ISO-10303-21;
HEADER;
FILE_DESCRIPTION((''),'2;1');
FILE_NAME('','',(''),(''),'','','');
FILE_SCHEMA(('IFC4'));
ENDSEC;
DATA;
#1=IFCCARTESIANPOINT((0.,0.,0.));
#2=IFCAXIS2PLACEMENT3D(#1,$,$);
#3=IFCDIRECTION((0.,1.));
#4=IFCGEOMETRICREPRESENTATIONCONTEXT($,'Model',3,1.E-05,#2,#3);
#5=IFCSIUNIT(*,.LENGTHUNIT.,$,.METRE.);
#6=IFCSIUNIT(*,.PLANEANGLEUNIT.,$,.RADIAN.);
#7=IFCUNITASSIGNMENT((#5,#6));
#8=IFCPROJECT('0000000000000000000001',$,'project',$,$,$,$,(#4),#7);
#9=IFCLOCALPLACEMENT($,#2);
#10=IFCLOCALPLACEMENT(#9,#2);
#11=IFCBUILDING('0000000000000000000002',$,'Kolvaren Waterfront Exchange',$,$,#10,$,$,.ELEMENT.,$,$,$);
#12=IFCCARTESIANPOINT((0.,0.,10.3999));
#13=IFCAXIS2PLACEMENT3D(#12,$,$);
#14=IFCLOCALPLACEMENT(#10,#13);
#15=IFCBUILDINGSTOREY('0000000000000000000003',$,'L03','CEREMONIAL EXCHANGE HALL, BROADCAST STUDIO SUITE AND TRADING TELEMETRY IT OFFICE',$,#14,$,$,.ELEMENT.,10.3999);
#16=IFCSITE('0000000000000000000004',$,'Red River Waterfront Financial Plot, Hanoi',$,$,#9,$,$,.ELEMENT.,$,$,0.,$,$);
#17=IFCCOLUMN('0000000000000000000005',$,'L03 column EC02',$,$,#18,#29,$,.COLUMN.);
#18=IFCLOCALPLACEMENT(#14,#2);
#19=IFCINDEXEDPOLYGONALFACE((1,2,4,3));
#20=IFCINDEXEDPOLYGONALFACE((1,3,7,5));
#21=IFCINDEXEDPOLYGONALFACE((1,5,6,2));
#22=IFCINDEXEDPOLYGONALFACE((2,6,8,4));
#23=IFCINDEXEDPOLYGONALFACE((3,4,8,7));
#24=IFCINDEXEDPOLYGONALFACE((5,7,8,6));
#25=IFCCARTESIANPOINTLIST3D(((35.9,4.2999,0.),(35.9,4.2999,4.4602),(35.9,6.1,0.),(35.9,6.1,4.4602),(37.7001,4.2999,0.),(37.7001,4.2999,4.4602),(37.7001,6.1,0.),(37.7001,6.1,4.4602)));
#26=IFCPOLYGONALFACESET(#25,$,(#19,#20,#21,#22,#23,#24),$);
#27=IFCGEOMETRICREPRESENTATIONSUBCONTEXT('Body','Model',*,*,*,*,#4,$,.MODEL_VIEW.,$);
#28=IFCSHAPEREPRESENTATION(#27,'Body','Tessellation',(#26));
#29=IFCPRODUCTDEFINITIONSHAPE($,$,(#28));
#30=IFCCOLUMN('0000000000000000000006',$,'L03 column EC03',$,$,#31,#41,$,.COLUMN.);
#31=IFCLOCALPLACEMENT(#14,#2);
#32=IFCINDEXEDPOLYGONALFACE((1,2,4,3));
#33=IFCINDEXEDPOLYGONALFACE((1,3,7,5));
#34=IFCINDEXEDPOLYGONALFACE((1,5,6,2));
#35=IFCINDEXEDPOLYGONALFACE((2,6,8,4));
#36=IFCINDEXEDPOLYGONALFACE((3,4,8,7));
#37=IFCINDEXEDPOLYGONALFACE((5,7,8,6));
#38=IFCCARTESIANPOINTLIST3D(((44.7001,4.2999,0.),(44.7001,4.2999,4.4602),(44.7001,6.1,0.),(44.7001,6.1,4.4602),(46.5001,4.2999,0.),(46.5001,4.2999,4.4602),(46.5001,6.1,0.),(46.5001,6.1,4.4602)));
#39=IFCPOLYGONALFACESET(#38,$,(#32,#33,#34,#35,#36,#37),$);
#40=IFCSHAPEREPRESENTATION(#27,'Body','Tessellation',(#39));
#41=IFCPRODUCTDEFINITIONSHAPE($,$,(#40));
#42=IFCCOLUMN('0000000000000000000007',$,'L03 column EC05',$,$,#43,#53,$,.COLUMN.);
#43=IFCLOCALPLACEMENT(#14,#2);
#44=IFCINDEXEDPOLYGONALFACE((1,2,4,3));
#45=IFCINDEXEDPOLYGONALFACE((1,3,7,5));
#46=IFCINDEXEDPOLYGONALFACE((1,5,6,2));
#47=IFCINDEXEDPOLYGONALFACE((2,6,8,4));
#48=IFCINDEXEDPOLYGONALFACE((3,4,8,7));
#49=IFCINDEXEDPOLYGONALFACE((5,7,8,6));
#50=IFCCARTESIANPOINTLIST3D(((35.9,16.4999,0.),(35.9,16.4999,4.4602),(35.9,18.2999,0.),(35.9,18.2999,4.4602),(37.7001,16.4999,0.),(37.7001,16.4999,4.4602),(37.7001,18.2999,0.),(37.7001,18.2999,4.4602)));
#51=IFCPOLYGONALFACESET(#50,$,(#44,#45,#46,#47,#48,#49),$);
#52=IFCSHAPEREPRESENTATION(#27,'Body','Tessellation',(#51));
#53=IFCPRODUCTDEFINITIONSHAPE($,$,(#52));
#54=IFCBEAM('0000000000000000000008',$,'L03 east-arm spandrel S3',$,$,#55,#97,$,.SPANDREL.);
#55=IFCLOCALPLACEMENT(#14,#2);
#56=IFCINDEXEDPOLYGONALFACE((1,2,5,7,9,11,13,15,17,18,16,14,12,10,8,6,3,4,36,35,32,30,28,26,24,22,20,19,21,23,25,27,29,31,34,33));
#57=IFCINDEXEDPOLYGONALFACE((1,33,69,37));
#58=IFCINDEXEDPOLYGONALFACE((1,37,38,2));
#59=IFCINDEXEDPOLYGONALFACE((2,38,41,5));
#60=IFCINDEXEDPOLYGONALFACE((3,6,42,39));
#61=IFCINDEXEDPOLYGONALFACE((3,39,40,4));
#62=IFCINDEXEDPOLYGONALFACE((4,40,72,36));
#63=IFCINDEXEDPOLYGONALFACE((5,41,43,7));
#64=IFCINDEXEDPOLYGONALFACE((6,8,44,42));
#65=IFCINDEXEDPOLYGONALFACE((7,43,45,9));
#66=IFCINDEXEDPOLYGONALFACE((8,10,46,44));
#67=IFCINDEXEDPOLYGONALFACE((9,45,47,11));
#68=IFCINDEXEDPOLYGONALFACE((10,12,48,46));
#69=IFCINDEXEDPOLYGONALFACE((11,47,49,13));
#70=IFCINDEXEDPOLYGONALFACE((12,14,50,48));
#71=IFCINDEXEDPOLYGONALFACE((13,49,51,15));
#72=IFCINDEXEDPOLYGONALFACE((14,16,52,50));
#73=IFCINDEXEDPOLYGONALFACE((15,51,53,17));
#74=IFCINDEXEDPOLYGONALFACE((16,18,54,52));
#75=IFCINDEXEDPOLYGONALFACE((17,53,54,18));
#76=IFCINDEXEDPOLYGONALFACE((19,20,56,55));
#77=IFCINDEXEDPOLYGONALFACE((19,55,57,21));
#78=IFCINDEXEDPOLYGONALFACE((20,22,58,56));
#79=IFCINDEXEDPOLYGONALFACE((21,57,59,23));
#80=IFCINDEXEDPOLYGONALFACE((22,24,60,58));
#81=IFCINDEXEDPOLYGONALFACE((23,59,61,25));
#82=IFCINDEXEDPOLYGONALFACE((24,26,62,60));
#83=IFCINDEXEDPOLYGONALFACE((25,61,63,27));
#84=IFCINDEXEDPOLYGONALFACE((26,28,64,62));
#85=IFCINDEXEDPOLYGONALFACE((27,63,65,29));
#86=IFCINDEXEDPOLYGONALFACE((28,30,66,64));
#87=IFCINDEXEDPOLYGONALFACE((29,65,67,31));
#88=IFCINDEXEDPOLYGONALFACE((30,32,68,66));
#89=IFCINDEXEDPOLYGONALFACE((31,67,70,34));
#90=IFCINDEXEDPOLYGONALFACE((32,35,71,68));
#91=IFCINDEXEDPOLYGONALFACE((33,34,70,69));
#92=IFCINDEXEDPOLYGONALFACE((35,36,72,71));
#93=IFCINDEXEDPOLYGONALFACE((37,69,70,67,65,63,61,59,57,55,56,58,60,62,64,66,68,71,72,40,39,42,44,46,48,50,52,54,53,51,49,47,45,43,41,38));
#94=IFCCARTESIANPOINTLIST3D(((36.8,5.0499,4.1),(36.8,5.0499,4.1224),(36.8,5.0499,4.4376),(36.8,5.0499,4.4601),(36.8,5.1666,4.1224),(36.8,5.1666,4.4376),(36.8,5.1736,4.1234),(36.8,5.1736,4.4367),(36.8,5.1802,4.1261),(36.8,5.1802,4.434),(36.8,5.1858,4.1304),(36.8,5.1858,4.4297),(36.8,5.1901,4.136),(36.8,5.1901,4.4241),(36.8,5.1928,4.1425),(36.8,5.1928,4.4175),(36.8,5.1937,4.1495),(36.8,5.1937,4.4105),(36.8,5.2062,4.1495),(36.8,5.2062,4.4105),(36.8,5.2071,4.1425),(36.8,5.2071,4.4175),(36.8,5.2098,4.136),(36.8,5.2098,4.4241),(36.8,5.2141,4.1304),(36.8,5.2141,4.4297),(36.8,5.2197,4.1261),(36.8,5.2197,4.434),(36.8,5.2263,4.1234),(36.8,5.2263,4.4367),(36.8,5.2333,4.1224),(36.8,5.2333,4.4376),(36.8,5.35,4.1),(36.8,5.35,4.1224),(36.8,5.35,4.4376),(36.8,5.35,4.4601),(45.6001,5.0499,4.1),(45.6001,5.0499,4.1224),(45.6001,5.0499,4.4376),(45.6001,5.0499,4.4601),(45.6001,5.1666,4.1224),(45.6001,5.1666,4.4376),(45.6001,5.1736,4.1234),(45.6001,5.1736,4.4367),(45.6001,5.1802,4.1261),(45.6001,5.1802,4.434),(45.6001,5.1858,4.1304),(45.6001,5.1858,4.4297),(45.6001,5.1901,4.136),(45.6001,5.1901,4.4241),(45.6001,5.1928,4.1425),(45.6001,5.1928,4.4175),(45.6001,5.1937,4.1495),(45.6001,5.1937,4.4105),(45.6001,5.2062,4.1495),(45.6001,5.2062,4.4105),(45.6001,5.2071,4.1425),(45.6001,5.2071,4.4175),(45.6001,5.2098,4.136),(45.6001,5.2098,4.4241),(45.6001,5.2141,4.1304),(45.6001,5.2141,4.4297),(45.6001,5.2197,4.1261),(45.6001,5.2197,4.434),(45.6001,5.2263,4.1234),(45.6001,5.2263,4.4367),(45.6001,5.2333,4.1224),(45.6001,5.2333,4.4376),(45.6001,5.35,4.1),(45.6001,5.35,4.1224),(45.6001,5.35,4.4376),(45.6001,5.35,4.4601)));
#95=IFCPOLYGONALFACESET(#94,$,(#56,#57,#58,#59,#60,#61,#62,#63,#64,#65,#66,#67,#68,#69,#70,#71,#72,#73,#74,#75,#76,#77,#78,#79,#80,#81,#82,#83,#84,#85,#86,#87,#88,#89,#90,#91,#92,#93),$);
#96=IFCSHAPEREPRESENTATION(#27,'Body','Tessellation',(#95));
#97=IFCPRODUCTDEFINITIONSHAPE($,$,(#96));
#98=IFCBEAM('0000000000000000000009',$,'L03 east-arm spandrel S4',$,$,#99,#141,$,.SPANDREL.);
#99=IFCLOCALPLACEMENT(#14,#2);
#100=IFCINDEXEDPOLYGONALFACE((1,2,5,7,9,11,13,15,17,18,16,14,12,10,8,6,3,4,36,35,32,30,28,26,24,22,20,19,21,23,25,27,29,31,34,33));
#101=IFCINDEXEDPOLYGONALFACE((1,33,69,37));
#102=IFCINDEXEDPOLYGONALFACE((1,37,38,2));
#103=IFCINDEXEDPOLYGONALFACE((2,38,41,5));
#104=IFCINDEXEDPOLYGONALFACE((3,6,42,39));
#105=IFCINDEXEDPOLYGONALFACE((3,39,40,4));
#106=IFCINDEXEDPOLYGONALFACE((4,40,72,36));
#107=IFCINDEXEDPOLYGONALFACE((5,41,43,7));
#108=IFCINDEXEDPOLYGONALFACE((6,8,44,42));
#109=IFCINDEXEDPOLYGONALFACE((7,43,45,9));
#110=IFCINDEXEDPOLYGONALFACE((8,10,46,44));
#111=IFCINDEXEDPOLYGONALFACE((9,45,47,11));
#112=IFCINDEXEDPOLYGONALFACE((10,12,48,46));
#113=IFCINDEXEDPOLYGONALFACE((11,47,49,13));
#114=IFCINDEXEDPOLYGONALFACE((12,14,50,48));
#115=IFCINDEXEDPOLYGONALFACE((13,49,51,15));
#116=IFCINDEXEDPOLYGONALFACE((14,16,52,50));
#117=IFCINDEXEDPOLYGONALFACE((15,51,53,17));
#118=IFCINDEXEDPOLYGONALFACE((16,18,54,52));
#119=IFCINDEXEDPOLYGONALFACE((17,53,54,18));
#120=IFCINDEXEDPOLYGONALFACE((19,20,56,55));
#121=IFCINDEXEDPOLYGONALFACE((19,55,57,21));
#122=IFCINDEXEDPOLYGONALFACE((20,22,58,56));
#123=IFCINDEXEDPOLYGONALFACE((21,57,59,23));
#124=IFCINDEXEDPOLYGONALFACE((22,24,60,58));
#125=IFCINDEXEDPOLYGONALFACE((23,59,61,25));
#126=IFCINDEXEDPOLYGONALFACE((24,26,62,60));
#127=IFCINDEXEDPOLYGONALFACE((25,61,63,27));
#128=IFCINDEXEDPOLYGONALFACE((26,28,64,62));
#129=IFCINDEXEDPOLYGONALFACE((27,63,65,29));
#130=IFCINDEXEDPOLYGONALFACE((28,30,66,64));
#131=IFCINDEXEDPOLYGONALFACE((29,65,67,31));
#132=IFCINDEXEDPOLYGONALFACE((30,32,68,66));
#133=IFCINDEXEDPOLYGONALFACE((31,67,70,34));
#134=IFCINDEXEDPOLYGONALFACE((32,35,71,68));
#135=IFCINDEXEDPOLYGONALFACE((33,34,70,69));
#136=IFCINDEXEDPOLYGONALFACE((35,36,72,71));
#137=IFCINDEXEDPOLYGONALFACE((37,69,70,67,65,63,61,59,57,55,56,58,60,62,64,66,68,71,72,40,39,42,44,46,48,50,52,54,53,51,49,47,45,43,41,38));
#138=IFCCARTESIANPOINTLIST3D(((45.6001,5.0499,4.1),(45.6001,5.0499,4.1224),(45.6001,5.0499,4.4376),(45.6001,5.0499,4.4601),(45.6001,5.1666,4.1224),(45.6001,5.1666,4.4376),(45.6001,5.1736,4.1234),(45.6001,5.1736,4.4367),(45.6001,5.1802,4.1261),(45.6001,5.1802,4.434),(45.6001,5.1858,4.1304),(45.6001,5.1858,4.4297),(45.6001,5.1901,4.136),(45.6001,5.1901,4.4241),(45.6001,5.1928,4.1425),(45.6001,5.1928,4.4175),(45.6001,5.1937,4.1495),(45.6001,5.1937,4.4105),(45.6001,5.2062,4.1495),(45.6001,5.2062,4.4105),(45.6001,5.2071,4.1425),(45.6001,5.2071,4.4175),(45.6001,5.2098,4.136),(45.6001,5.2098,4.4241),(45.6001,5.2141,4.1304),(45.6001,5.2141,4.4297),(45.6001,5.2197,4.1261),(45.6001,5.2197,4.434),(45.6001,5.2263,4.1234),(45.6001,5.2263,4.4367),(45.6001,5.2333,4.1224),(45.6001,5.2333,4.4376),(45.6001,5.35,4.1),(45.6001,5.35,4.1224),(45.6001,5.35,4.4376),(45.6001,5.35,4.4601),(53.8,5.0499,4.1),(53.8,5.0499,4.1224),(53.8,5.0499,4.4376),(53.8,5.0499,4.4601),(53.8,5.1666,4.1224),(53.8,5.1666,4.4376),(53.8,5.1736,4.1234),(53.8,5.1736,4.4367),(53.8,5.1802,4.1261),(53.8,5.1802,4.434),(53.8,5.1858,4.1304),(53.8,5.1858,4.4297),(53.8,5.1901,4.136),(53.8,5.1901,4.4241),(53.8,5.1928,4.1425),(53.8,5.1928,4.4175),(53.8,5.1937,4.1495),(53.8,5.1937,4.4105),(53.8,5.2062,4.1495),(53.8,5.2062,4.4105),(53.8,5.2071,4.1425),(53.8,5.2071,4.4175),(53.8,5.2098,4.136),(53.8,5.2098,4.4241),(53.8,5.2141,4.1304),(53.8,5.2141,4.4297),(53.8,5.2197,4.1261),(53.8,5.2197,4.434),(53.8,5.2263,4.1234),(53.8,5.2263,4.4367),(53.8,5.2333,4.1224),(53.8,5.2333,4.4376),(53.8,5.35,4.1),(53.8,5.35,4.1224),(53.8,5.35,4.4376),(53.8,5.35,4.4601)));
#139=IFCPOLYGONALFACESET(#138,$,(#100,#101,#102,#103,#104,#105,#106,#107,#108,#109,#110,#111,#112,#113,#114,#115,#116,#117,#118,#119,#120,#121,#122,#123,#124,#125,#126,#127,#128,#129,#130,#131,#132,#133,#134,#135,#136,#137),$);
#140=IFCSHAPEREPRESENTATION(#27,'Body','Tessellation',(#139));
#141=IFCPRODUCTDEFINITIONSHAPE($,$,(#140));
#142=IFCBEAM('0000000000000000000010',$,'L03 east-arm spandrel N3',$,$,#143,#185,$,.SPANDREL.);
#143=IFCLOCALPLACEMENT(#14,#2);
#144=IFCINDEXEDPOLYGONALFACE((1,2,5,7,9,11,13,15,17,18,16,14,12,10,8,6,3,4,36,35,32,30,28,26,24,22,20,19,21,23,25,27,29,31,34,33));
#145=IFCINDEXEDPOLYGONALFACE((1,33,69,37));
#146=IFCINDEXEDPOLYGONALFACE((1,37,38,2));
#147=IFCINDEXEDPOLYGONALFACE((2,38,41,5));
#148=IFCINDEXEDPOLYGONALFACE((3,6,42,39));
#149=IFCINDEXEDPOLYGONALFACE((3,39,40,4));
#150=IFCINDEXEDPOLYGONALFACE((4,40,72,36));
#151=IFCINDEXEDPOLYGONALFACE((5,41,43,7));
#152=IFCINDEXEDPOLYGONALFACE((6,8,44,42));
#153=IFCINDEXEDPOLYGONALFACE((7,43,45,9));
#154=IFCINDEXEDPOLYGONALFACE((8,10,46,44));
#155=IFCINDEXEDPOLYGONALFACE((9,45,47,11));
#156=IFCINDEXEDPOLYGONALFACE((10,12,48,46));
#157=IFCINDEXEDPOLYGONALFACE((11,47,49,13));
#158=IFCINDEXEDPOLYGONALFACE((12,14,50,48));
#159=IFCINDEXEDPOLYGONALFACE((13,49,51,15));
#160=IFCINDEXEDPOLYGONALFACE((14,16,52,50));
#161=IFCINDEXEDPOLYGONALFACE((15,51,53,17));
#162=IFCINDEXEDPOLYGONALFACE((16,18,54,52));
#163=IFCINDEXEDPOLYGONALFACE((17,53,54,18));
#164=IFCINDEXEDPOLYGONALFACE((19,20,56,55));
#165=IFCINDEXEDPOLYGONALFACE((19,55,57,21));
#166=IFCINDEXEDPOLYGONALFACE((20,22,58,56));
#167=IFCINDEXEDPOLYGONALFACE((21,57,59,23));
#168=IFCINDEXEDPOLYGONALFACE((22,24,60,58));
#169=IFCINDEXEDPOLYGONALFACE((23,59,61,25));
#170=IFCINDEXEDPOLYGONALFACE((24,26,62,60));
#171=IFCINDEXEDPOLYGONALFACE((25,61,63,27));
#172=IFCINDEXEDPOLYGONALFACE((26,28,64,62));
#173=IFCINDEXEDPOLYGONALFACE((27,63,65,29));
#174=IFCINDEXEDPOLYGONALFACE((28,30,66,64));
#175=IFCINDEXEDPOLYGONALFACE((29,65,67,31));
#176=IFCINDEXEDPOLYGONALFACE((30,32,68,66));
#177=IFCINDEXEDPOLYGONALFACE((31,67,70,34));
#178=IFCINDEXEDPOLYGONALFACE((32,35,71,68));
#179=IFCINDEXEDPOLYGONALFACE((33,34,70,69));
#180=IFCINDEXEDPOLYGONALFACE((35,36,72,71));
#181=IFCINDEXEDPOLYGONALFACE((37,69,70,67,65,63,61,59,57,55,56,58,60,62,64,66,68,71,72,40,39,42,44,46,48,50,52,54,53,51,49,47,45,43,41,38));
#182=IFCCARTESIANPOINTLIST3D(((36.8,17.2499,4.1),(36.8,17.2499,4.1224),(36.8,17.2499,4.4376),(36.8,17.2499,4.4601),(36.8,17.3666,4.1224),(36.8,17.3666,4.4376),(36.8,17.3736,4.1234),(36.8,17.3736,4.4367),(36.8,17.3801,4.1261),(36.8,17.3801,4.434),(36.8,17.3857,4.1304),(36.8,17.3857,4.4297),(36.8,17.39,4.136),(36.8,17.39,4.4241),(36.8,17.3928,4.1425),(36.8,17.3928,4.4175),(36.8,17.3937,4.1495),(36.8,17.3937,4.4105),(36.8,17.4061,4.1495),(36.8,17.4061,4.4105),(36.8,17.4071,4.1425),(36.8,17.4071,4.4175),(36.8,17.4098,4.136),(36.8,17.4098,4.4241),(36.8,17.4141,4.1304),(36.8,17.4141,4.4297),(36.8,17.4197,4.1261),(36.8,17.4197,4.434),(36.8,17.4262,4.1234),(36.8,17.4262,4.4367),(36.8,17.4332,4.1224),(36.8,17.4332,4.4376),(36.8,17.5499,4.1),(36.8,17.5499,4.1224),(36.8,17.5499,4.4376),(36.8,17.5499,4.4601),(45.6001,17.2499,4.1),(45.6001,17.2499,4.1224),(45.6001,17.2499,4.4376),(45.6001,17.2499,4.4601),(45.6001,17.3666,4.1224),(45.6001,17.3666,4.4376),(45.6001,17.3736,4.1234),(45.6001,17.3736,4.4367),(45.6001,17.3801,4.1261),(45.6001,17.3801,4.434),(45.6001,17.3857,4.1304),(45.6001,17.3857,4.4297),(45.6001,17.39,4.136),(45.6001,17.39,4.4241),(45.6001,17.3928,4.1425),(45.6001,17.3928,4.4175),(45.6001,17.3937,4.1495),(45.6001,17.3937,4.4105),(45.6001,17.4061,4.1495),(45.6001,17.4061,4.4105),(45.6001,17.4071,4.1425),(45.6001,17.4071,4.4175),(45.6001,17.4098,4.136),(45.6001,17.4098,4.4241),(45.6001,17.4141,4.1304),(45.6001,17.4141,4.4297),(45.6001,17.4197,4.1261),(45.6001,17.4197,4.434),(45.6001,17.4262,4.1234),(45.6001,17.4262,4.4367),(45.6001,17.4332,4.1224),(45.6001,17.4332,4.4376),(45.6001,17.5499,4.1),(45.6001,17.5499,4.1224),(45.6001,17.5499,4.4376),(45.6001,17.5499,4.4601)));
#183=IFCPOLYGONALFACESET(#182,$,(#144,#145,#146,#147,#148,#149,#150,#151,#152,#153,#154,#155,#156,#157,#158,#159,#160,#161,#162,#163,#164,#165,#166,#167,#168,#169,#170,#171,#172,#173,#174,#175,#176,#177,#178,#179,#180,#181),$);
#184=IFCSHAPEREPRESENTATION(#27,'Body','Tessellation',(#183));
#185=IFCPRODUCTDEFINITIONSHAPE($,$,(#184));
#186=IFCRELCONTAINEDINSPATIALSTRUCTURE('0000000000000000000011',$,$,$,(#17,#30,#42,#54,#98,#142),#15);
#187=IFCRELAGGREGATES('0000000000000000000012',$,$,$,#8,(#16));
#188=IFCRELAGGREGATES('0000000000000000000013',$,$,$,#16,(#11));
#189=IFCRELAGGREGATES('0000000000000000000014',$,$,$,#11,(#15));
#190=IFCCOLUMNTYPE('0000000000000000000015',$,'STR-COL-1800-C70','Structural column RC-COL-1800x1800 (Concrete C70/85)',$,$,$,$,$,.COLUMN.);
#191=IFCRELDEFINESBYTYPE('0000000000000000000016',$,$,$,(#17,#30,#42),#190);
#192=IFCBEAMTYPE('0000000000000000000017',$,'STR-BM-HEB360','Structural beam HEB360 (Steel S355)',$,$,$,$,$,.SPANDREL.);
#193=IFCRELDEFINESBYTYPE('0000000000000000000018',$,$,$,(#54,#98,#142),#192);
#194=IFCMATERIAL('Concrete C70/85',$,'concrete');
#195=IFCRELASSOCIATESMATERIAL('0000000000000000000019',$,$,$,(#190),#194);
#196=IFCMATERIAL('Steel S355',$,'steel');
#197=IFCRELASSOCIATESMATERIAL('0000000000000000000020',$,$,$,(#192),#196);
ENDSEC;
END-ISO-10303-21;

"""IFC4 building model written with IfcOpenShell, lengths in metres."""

from ifc_helpers import new_model, si_unit, direction, frame, origin, origin_2d, place, context, subcontext, project, spatial, rectangle, i_section, extrude, material, material_profile, profile_set, type_object, element, save


model = new_model("IFC4")

# Units and contexts
model_context = context("Model", 3, precision=1e-05, world=origin(), true_north=direction((0.0, 1.0)))
body_context = subcontext(model_context, "Body", "Model", "MODEL_VIEW")
ifc_project = project(units=[si_unit("LENGTHUNIT", "METRE"), si_unit("PLANEANGLEUNIT", "RADIAN")], contexts=[model_context])

# Site, building, storey
site_placement = place(None, origin())
site = spatial("IfcSite", under=ifc_project, at=site_placement, Name="Red River Waterfront Financial Plot, Hanoi", CompositionType="ELEMENT", RefElevation=0.0)
building_placement = place(site_placement, origin())
building = spatial("IfcBuilding", under=site, at=building_placement, Name="Kolvaren Waterfront Exchange", CompositionType="ELEMENT")
storey_placement = place(building_placement, frame((0.0, 0.0, 10.3999)))
storey = spatial("IfcBuildingStorey", under=building, at=storey_placement, Name="L03", Description="CEREMONIAL EXCHANGE HALL, BROADCAST STUDIO SUITE AND TRADING TELEMETRY IT OFFICE", CompositionType="ELEMENT", Elevation=10.3999)

# Columns
ifc_material_1 = material(Name="Concrete C70/85", Category="concrete")
ifc_material_profile_1 = material_profile(ifc_material_1, rectangle(XDim=1.8, YDim=1.8, at=origin_2d()), Name="RC-COL-1800x1800")
ifc_profile_set_1 = profile_set([ifc_material_profile_1], Name="Concrete C70/85")
column_type = type_object("IfcColumnType", Name="STR-COL-1800-C70", Description="Structural column RC-COL-1800x1800 (Concrete C70/85)", PredefinedType="COLUMN", material=ifc_profile_set_1)
for number, where, z_axis, x_axis, name in (
    (1, (36.8, 5.2, 0.0), (0.0, 0.0, 1.0), (1.0, 0.0, 0.0), "L03 column EC02"),
    (2, (45.6001, 5.2, 0.0), (0.0, 0.0, 1.0), (1.0, 0.0, 0.0), "L03 column EC03"),
    (3, (36.8, 17.3999, 0.0), (0.0, 0.0, 1.0), (1.0, 0.0, 0.0), "L03 column EC05"),
):
    element("IfcColumn", number, at=place(storey_placement, frame(where, z_axis=z_axis, x_axis=x_axis)), inside=storey, type_object=column_type, Name=name, PredefinedType="COLUMN", context=body_context, shape_type="SweptSolid", body=[
        extrude(rectangle(XDim=1.8, YDim=1.8, at=origin_2d()), origin(), (0.0, 0.0, 1.0), 4.4602),
    ])

# Beams
ifc_material_2 = material(Name="Steel S355", Category="steel")
ifc_material_profile_2 = material_profile(ifc_material_2, i_section(OverallWidth=0.3, OverallDepth=0.3601, WebThickness=0.0125, FlangeThickness=0.0225, FilletRadius=0.0271, at=origin_2d()), Name="HEB360")
ifc_profile_set_2 = profile_set([ifc_material_profile_2], Name="Steel S355")
beam_type_1 = type_object("IfcBeamType", Name="STR-BM-HEB360", Description="Structural beam HEB360 (Steel S355)", PredefinedType="SPANDREL", material=ifc_profile_set_2)
beam_1_placement = place(storey_placement, frame((36.8, 5.2, 4.28), z_axis=(1.0, 0.0, 0.0), x_axis=(0.0, 1.0, 0.0)))
element("IfcBeam", 4, at=beam_1_placement, inside=storey, type_object=beam_type_1, Name="L03 east-arm spandrel S3", PredefinedType="SPANDREL", context=body_context, shape_type="SweptSolid", body=[
    extrude(i_section(OverallWidth=0.3, OverallDepth=0.3601, WebThickness=0.0125, FlangeThickness=0.0225, FilletRadius=0.0271, at=origin_2d()), origin(), (0.0, 0.0, 1.0), 8.8),
])
beam_2_placement = place(storey_placement, frame((45.6001, 5.2, 4.28), z_axis=(1.0, 0.0, 0.0), x_axis=(0.0, 1.0, 0.0)))
element("IfcBeam", 5, at=beam_2_placement, inside=storey, type_object=beam_type_1, Name="L03 east-arm spandrel S4", PredefinedType="SPANDREL", context=body_context, shape_type="SweptSolid", body=[
    extrude(i_section(OverallWidth=0.3, OverallDepth=0.3601, WebThickness=0.0125, FlangeThickness=0.0225, FilletRadius=0.0271, at=origin_2d()), origin(), (0.0, 0.0, 1.0), 8.2),
])
beam_3_placement = place(storey_placement, frame((36.8, 17.3999, 4.28), z_axis=(1.0, 0.0, 0.0), x_axis=(0.0, 1.0, 0.0)))
element("IfcBeam", 6, at=beam_3_placement, inside=storey, type_object=beam_type_1, Name="L03 east-arm spandrel N3", PredefinedType="SPANDREL", context=body_context, shape_type="SweptSolid", body=[
    extrude(i_section(OverallWidth=0.3, OverallDepth=0.3601, WebThickness=0.0125, FlangeThickness=0.0225, FilletRadius=0.0271, at=origin_2d()), origin(), (0.0, 0.0, 1.0), 8.8),
])

save(model, "model.ifc")
